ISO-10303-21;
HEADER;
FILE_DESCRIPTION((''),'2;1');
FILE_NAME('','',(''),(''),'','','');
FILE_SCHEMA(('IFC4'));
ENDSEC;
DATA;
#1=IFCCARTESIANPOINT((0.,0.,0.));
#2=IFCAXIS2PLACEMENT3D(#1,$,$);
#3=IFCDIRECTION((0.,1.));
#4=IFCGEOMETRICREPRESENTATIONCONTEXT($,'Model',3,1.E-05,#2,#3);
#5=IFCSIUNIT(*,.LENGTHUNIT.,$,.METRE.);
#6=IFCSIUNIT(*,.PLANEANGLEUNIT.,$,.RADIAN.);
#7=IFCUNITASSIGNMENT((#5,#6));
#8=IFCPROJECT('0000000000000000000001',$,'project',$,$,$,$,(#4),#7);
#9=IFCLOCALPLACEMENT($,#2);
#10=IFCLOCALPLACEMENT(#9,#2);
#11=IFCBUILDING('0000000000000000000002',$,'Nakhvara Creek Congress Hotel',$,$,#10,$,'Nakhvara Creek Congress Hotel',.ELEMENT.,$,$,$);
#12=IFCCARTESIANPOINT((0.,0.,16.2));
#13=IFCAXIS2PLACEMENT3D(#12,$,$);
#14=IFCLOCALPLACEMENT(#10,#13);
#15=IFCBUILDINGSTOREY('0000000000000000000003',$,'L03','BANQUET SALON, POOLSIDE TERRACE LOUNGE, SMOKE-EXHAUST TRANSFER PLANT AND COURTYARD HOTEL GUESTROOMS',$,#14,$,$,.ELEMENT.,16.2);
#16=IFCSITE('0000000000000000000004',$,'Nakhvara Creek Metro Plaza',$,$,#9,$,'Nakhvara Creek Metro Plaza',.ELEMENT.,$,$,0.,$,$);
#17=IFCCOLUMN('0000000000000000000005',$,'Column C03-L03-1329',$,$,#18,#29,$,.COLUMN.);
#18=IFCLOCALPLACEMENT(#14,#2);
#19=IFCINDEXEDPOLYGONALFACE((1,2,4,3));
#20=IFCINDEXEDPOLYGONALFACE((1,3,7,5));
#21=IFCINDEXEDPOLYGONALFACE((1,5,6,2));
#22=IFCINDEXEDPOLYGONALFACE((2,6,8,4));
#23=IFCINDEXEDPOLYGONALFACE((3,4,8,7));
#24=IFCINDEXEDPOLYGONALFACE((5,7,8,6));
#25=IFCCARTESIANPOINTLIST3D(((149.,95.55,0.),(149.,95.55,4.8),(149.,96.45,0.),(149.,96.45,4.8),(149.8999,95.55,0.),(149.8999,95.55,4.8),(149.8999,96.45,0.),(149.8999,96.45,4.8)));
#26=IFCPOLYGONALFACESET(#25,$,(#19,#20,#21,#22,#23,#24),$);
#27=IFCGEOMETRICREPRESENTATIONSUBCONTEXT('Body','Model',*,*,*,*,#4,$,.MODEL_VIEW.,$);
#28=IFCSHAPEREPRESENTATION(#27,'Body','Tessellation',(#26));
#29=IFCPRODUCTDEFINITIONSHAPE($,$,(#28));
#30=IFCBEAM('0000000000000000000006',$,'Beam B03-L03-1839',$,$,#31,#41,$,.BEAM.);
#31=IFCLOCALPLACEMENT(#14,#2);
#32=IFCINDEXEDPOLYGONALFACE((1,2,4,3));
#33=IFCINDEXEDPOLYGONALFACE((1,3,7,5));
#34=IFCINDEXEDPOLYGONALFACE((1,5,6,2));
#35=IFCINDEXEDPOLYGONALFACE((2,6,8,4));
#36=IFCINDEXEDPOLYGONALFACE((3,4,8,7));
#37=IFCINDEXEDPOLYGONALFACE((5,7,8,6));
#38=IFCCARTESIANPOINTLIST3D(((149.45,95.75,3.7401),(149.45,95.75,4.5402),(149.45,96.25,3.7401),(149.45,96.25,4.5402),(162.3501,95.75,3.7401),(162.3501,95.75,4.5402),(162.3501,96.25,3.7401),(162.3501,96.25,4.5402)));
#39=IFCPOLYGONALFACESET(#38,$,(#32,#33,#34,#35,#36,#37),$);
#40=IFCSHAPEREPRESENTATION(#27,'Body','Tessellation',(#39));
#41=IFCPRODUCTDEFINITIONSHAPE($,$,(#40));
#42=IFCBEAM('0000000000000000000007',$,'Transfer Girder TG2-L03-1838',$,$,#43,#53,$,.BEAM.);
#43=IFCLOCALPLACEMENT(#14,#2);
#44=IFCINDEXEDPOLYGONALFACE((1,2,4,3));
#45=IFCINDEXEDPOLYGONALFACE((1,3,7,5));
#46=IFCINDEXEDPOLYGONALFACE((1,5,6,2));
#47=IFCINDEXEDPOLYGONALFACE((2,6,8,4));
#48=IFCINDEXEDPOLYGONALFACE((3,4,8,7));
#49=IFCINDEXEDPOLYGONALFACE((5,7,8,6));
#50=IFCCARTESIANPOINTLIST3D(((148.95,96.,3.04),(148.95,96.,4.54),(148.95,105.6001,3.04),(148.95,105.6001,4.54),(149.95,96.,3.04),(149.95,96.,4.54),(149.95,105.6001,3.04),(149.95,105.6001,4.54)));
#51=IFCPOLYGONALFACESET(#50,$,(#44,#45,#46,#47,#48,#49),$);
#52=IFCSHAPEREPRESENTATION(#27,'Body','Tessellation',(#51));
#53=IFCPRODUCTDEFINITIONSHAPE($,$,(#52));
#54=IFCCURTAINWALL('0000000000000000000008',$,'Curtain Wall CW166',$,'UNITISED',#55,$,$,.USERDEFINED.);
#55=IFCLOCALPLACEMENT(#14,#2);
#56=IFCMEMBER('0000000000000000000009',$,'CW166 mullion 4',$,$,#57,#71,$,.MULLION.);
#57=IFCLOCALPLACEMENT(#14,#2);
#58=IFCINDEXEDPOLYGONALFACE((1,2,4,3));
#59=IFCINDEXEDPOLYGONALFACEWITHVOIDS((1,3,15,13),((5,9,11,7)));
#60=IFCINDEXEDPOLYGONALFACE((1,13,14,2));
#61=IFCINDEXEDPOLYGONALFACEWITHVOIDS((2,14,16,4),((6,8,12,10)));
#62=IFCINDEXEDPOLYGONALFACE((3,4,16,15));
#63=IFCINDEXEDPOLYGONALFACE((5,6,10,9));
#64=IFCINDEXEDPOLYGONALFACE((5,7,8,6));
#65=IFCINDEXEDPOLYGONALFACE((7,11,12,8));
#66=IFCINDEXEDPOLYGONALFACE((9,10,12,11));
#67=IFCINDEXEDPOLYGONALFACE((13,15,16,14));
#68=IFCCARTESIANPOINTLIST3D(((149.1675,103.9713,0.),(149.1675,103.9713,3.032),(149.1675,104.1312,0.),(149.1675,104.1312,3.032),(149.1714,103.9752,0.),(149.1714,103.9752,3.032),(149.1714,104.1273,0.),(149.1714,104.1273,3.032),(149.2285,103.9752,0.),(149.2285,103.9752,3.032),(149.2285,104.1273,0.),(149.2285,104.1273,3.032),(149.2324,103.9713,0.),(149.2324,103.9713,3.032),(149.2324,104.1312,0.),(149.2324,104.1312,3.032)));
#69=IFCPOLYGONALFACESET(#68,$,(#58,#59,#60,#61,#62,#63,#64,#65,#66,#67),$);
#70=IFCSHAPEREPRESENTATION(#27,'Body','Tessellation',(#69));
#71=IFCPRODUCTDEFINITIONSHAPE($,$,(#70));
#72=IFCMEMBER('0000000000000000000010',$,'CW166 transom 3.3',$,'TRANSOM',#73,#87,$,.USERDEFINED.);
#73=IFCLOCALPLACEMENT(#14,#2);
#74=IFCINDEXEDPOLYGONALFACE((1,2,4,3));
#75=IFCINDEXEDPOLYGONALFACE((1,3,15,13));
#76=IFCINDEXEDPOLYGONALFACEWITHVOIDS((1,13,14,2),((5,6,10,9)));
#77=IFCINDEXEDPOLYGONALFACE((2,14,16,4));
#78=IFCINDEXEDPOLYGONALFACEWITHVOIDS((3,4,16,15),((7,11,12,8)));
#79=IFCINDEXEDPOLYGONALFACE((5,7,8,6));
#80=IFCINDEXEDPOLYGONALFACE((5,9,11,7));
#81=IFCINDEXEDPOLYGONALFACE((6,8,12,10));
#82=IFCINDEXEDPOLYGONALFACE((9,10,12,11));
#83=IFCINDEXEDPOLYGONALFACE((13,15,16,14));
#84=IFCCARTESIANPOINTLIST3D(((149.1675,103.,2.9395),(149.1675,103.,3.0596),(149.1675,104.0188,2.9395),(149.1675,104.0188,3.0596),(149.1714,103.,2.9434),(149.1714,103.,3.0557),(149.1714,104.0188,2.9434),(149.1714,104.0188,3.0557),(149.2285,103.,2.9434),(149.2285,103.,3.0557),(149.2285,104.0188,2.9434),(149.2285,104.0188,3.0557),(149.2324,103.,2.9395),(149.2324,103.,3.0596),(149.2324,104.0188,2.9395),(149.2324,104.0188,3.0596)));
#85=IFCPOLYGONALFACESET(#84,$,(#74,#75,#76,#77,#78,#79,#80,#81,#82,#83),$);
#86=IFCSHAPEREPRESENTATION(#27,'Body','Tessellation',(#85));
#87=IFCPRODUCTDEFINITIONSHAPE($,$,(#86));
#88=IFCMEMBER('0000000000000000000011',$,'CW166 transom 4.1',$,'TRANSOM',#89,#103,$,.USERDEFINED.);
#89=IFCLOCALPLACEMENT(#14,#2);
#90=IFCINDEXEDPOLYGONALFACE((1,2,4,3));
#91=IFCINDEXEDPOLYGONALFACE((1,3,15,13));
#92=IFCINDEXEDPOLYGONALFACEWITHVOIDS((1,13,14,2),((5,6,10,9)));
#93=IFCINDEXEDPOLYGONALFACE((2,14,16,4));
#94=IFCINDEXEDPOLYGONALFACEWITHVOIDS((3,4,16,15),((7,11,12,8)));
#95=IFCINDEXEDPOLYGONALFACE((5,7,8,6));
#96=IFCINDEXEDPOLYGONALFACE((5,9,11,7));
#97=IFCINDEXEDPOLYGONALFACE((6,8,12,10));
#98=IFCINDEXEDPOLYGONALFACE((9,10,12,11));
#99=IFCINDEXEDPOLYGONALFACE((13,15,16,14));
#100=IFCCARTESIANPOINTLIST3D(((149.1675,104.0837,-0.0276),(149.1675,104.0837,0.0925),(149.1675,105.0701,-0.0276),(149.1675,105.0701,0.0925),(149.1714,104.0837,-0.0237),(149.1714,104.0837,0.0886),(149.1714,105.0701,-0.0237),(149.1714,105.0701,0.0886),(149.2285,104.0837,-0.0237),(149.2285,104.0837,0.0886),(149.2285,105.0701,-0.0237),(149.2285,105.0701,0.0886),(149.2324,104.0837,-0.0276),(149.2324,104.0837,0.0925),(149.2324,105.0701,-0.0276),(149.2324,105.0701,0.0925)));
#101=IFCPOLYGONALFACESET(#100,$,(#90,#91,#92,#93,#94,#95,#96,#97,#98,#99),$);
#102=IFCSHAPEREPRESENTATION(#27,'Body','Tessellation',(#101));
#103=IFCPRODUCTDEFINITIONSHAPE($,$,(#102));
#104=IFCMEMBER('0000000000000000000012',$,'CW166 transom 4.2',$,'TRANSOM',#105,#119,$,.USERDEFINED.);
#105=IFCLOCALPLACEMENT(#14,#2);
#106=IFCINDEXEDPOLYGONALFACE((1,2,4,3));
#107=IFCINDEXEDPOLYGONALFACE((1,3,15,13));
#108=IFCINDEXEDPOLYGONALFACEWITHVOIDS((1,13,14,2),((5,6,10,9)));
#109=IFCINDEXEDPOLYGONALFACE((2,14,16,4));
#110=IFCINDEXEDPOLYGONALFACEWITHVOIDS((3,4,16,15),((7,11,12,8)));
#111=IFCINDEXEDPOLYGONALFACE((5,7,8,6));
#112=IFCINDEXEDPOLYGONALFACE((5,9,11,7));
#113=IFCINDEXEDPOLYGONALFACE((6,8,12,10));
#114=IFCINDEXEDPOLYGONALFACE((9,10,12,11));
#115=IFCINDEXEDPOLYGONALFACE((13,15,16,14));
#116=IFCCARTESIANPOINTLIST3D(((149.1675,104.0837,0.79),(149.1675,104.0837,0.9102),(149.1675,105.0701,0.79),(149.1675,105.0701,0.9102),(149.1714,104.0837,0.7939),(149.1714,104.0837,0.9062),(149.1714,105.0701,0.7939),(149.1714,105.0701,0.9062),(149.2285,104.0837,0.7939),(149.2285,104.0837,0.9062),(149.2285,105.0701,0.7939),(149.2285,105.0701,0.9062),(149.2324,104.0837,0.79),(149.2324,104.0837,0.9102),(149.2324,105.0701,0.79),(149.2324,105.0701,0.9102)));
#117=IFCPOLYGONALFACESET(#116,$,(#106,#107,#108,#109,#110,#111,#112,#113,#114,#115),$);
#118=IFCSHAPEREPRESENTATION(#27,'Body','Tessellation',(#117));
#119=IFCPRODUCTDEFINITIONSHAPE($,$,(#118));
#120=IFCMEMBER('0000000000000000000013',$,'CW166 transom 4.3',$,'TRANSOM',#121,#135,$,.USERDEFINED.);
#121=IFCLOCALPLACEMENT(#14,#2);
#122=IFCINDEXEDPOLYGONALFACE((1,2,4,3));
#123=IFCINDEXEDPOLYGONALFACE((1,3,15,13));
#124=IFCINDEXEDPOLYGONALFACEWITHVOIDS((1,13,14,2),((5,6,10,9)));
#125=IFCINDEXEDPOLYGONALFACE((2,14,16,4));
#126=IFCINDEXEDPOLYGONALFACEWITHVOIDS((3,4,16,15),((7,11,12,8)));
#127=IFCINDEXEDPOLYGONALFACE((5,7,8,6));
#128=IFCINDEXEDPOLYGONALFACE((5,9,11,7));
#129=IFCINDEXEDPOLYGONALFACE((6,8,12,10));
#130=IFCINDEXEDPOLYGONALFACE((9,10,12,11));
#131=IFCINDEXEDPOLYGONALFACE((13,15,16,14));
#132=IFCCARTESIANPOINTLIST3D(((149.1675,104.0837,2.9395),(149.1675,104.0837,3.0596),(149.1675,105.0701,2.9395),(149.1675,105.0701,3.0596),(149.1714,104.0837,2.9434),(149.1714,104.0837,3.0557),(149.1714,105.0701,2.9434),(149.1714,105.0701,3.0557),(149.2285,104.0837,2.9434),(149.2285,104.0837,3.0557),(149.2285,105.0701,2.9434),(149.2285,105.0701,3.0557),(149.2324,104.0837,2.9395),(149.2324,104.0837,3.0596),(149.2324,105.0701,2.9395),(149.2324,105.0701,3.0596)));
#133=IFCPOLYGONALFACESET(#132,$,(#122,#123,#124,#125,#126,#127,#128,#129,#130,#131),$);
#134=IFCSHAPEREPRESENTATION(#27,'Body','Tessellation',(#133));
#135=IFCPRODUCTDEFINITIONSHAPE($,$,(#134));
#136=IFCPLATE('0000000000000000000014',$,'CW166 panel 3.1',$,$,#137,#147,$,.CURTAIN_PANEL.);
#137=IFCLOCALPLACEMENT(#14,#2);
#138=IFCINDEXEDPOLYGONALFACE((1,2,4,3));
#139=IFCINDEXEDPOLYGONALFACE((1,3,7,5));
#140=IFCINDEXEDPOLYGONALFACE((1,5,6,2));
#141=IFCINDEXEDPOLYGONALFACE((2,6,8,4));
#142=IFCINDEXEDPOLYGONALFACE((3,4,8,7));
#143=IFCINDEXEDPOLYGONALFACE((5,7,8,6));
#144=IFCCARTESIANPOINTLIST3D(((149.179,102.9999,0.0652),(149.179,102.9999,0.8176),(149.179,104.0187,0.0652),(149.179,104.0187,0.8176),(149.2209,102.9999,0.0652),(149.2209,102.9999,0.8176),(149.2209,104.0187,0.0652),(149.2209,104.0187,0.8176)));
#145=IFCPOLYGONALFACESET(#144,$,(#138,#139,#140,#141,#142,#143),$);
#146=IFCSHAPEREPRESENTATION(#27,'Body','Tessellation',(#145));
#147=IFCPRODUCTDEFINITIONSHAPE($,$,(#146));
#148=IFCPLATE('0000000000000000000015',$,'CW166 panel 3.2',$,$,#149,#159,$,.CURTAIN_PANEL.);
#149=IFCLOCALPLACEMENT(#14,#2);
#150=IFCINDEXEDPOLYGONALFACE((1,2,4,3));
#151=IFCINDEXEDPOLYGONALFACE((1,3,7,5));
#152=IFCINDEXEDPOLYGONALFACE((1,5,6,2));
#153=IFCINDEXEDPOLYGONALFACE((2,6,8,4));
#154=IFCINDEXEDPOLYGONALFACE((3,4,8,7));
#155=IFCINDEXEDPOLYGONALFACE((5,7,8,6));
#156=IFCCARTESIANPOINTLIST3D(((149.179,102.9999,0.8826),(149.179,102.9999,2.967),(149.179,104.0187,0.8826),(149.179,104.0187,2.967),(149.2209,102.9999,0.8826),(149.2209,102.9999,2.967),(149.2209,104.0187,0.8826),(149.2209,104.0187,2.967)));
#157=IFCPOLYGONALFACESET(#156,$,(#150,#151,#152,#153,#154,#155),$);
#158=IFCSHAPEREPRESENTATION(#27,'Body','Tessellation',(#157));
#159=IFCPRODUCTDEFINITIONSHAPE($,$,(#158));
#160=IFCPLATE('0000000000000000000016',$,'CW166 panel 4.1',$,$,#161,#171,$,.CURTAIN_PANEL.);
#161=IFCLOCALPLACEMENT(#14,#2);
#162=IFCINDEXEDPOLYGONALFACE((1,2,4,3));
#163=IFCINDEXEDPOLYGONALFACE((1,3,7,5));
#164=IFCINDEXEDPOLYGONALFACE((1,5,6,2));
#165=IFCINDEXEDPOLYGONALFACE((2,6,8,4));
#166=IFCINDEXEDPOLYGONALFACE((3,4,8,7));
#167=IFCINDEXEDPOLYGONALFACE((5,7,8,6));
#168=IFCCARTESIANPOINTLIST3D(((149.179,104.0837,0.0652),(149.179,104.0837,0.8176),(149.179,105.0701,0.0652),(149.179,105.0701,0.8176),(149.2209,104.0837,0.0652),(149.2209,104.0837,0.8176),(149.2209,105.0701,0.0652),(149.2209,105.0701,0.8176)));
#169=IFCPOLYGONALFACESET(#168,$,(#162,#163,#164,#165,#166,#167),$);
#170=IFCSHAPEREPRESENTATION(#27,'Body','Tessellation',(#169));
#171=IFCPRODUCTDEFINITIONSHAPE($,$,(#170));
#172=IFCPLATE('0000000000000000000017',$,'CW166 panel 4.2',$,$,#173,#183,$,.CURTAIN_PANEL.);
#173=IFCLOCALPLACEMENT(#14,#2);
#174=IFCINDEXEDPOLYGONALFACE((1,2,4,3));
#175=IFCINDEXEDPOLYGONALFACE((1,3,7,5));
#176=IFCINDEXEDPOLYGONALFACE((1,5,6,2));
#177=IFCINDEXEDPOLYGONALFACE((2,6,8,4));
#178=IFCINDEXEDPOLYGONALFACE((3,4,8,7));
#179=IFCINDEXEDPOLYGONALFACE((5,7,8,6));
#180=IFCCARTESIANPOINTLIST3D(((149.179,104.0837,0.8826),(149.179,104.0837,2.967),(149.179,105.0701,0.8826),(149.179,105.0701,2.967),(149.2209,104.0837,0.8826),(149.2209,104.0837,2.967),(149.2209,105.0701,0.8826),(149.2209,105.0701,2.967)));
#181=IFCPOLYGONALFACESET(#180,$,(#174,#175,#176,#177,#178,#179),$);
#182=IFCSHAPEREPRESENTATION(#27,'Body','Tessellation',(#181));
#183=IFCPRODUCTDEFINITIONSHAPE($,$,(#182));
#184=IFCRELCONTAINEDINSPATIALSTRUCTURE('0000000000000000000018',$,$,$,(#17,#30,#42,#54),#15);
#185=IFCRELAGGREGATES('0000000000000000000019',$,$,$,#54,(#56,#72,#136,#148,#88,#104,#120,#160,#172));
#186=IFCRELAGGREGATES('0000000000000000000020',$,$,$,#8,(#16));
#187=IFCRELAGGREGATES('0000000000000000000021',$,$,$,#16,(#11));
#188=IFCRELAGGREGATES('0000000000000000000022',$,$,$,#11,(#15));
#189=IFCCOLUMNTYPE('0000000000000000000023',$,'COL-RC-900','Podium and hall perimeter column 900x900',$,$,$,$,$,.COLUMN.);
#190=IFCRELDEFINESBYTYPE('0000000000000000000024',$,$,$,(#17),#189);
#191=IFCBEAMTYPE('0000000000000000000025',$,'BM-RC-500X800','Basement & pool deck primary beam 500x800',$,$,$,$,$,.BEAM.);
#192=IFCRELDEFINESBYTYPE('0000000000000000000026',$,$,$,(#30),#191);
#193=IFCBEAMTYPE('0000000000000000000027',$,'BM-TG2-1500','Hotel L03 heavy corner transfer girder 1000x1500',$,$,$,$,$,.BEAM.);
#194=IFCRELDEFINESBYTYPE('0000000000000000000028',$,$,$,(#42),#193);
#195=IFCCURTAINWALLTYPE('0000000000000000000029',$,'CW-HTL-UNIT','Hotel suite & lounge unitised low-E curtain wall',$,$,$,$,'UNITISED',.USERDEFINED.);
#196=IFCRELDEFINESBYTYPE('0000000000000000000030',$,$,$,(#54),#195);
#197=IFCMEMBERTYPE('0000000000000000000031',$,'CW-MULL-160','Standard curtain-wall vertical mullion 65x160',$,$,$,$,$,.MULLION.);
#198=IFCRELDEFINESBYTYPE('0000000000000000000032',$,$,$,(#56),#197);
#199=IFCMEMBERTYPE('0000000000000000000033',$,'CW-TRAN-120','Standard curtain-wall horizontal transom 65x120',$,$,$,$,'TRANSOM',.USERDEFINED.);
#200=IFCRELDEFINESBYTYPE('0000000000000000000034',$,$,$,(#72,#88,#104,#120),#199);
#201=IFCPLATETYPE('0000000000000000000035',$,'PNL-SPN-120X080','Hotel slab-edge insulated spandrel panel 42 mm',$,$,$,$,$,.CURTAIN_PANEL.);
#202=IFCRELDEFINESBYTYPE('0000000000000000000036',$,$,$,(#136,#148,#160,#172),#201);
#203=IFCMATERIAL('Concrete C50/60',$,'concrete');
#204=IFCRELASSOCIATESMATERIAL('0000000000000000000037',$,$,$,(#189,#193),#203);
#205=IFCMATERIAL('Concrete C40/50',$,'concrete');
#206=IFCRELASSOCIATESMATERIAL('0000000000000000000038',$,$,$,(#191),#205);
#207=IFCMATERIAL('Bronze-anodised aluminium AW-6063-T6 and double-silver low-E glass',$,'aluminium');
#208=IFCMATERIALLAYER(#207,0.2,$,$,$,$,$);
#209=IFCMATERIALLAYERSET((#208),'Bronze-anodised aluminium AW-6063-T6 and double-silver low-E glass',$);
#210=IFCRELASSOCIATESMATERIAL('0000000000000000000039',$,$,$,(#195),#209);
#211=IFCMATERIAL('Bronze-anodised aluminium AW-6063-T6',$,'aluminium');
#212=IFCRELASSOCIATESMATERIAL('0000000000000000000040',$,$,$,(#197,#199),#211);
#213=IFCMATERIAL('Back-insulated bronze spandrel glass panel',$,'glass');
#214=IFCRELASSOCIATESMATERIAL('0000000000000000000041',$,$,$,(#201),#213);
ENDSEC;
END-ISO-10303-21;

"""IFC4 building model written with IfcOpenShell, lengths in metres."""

from ifc_helpers import new_model, si_unit, direction, frame, origin, origin_2d, place, context, subcontext, project, spatial, rectangle, hollow_rectangle, extrude, material, layer, layer_set, material_profile, profile_set, type_object, element, aggregate, save


model = new_model("IFC4")

# Units and contexts
model_context = context("Model", 3, precision=1e-05, world=origin(), true_north=direction((0.0, 1.0)))
body_context = subcontext(model_context, "Body", "Model", "MODEL_VIEW")
ifc_project = project(units=[si_unit("LENGTHUNIT", "METRE"), si_unit("PLANEANGLEUNIT", "RADIAN")], contexts=[model_context])

# Site, building, storey
site_placement = place(None, origin())
site = spatial("IfcSite", under=ifc_project, at=site_placement, Name="Nakhvara Creek Metro Plaza", LongName="Nakhvara Creek Metro Plaza", CompositionType="ELEMENT", RefElevation=0.0)
building_placement = place(site_placement, origin())
building = spatial("IfcBuilding", under=site, at=building_placement, Name="Nakhvara Creek Congress Hotel", LongName="Nakhvara Creek Congress Hotel", CompositionType="ELEMENT")
storey_placement = place(building_placement, frame((0.0, 0.0, 16.2)))
storey = spatial("IfcBuildingStorey", under=building, at=storey_placement, Name="L03", Description="BANQUET SALON, POOLSIDE TERRACE LOUNGE, SMOKE-EXHAUST TRANSFER PLANT AND COURTYARD HOTEL GUESTROOMS", CompositionType="ELEMENT", Elevation=16.2)

# Column
ifc_material_1 = material(Name="Concrete C50/60", Category="concrete")
ifc_material_profile_1 = material_profile(ifc_material_1, rectangle(XDim=0.8999, YDim=0.8999, at=origin_2d()), Name="RC-COL 900x900", Category="LoadBearing")
ifc_profile_set_1 = profile_set([ifc_material_profile_1], Name="Concrete C50/60")
column_type = type_object("IfcColumnType", Name="COL-RC-900", Description="Podium and hall perimeter column 900x900", PredefinedType="COLUMN", material=ifc_profile_set_1)
column_placement = place(storey_placement, frame((149.45, 96.0, 0.0), z_axis=(0.0, 0.0, 1.0), x_axis=(1.0, 0.0, 0.0)))
element("IfcColumn", 1, at=column_placement, inside=storey, type_object=column_type, Name="Column C03-L03-1329", PredefinedType="COLUMN", context=body_context, shape_type="SweptSolid", body=[
    extrude(rectangle(XDim=0.8999, YDim=0.8999, at=origin_2d()), origin(), (0.0, 0.0, 1.0), 4.8),
])

# Beams
ifc_material_2 = material(Name="Concrete C40/50", Category="concrete")
ifc_material_profile_2 = material_profile(ifc_material_2, rectangle(XDim=0.5, YDim=0.8, at=origin_2d()), Name="RC-BM 500x800", Category="LoadBearing")
ifc_profile_set_2 = profile_set([ifc_material_profile_2], Name="Concrete C40/50")
beam_type_1 = type_object("IfcBeamType", Name="BM-RC-500X800", Description="Basement & pool deck primary beam 500x800", PredefinedType="BEAM", material=ifc_profile_set_2)
beam_1_placement = place(storey_placement, frame((149.45, 96.0, 4.1401), z_axis=(1.0, 0.0, 0.0), x_axis=(0.0, 1.0, 0.0)))
element("IfcBeam", 2, at=beam_1_placement, inside=storey, type_object=beam_type_1, Name="Beam B03-L03-1839", PredefinedType="BEAM", context=body_context, shape_type="SweptSolid", body=[
    extrude(rectangle(XDim=0.5, YDim=0.8, at=origin_2d()), origin(), (0.0, 0.0, 1.0), 12.9001),
])
ifc_material_profile_3 = material_profile(ifc_material_1, rectangle(XDim=1.0, YDim=1.5, at=origin_2d()), Name="RC-TG 1000x1500", Category="LoadBearing")
ifc_profile_set_3 = profile_set([ifc_material_profile_3], Name="Concrete C50/60")
beam_type_2 = type_object("IfcBeamType", Name="BM-TG2-1500", Description="Hotel L03 heavy corner transfer girder 1000x1500", PredefinedType="BEAM", material=ifc_profile_set_3)
beam_2_placement = place(storey_placement, frame((149.45, 96.0, 3.79), z_axis=(0.0, 1.0, 0.0), x_axis=(-1.0, 0.0, 0.0)))
element("IfcBeam", 3, at=beam_2_placement, inside=storey, type_object=beam_type_2, Name="Transfer Girder TG2-L03-1838", PredefinedType="BEAM", context=body_context, shape_type="SweptSolid", body=[
    extrude(rectangle(XDim=1.0, YDim=1.5, at=origin_2d()), origin(), (0.0, 0.0, 1.0), 9.6001),
])

# Curtain wall, members, plates
ifc_material_3 = material(Name="Bronze-anodised aluminium AW-6063-T6 and double-silver low-E glass", Category="aluminium")
ifc_layer_1 = layer(ifc_material_3, 0.2)
ifc_layer_set_1 = layer_set([ifc_layer_1], Name="Bronze-anodised aluminium AW-6063-T6 and double-silver low-E glass")
curtain_wall_type = type_object("IfcCurtainWallType", Name="CW-HTL-UNIT", Description="Hotel suite & lounge unitised low-E curtain wall", ElementType="UNITISED", PredefinedType="USERDEFINED", material=ifc_layer_set_1)
curtain_wall_placement = place(storey_placement, origin())
curtain_wall = element("IfcCurtainWall", 4, at=curtain_wall_placement, inside=storey, type_object=curtain_wall_type, Name="Curtain Wall CW166", ObjectType="UNITISED", PredefinedType="USERDEFINED")
ifc_material_4 = material(Name="Bronze-anodised aluminium AW-6063-T6", Category="aluminium")
ifc_material_profile_4 = material_profile(ifc_material_4, hollow_rectangle(XDim=0.0649, YDim=0.1599, WallThickness=0.0039, at=origin_2d()), Name="ALU-MULL 65x160x4", Category="LoadBearing")
ifc_profile_set_4 = profile_set([ifc_material_profile_4], Name="Bronze-anodised aluminium AW-6063-T6")
member_type_1 = type_object("IfcMemberType", Name="CW-MULL-160", Description="Standard curtain-wall vertical mullion 65x160", PredefinedType="MULLION", material=ifc_profile_set_4)
member_1_placement = place(storey_placement, frame((149.2, 104.0513, 0.0), z_axis=(0.0, 0.0, 1.0), x_axis=(-1.0, 0.0, 0.0)))
member_1 = element("IfcMember", 5, at=member_1_placement, type_object=member_type_1, Name="CW166 mullion 4", PredefinedType="MULLION", context=body_context, shape_type="SweptSolid", body=[
    extrude(hollow_rectangle(XDim=0.0649, YDim=0.1599, WallThickness=0.0039, at=origin_2d()), origin(), (0.0, 0.0, 1.0), 3.032),
])
ifc_material_profile_5 = material_profile(ifc_material_4, hollow_rectangle(XDim=0.0649, YDim=0.1201, WallThickness=0.0039, at=origin_2d()), Name="ALU-TRAN 65x120x4", Category="LoadBearing")
ifc_profile_set_5 = profile_set([ifc_material_profile_5], Name="Bronze-anodised aluminium AW-6063-T6")
member_type_2 = type_object("IfcMemberType", Name="CW-TRAN-120", Description="Standard curtain-wall horizontal transom 65x120", ElementType="TRANSOM", PredefinedType="USERDEFINED", material=ifc_profile_set_5)
member_2_placement = place(storey_placement, frame((149.2, 103.0, 2.9995), z_axis=(0.0, 1.0, 0.0), x_axis=(-1.0, 0.0, 0.0)))
member_2 = element("IfcMember", 6, at=member_2_placement, type_object=member_type_2, Name="CW166 transom 3.3", ObjectType="TRANSOM", PredefinedType="USERDEFINED", context=body_context, shape_type="SweptSolid", body=[
    extrude(hollow_rectangle(XDim=0.0649, YDim=0.1201, WallThickness=0.0039, at=origin_2d()), origin(), (0.0, 0.0, 1.0), 1.0188),
])
member_3_placement = place(storey_placement, frame((149.2, 104.0837, 0.0325), z_axis=(0.0, 1.0, 0.0), x_axis=(-1.0, 0.0, 0.0)))
member_3 = element("IfcMember", 7, at=member_3_placement, type_object=member_type_2, Name="CW166 transom 4.1", ObjectType="TRANSOM", PredefinedType="USERDEFINED", context=body_context, shape_type="SweptSolid", body=[
    extrude(hollow_rectangle(XDim=0.0649, YDim=0.1201, WallThickness=0.0039, at=origin_2d()), origin(), (0.0, 0.0, 1.0), 0.9863),
])
member_4_placement = place(storey_placement, frame((149.2, 104.0837, 0.8501), z_axis=(0.0, 1.0, 0.0), x_axis=(-1.0, 0.0, 0.0)))
member_4 = element("IfcMember", 8, at=member_4_placement, type_object=member_type_2, Name="CW166 transom 4.2", ObjectType="TRANSOM", PredefinedType="USERDEFINED", context=body_context, shape_type="SweptSolid", body=[
    extrude(hollow_rectangle(XDim=0.0649, YDim=0.1201, WallThickness=0.0039, at=origin_2d()), origin(), (0.0, 0.0, 1.0), 0.9863),
])
member_5_placement = place(storey_placement, frame((149.2, 104.0837, 2.9995), z_axis=(0.0, 1.0, 0.0), x_axis=(-1.0, 0.0, 0.0)))
member_5 = element("IfcMember", 9, at=member_5_placement, type_object=member_type_2, Name="CW166 transom 4.3", ObjectType="TRANSOM", PredefinedType="USERDEFINED", context=body_context, shape_type="SweptSolid", body=[
    extrude(hollow_rectangle(XDim=0.0649, YDim=0.1201, WallThickness=0.0039, at=origin_2d()), origin(), (0.0, 0.0, 1.0), 0.9863),
])
ifc_material_5 = material(Name="Back-insulated bronze spandrel glass panel", Category="glass")
plate_type = type_object("IfcPlateType", Name="PNL-SPN-120X080", Description="Hotel slab-edge insulated spandrel panel 42 mm", PredefinedType="CURTAIN_PANEL", material=ifc_material_5)
plate_1_placement = place(storey_placement, frame((149.2, 103.5093, 0.0652), z_axis=(0.0, 0.0, 1.0), x_axis=(0.0, 1.0, 0.0)))
plate_1 = element("IfcPlate", 10, at=plate_1_placement, type_object=plate_type, Name="CW166 panel 3.1", PredefinedType="CURTAIN_PANEL", context=body_context, shape_type="SweptSolid", body=[
    extrude(rectangle(XDim=1.0188, YDim=0.042, at=origin_2d()), origin(), (0.0, 0.0, 1.0), 0.7524),
])
plate_2_placement = place(storey_placement, frame((149.2, 103.5093, 0.8826), z_axis=(0.0, 0.0, 1.0), x_axis=(0.0, 1.0, 0.0)))
plate_2 = element("IfcPlate", 11, at=plate_2_placement, type_object=plate_type, Name="CW166 panel 3.2", PredefinedType="CURTAIN_PANEL", context=body_context, shape_type="SweptSolid", body=[
    extrude(rectangle(XDim=1.0188, YDim=0.042, at=origin_2d()), origin(), (0.0, 0.0, 1.0), 2.0845),
])
plate_3_placement = place(storey_placement, frame((149.2, 104.5769, 0.0652), z_axis=(0.0, 0.0, 1.0), x_axis=(0.0, 1.0, 0.0)))
plate_3 = element("IfcPlate", 12, at=plate_3_placement, type_object=plate_type, Name="CW166 panel 4.1", PredefinedType="CURTAIN_PANEL", context=body_context, shape_type="SweptSolid", body=[
    extrude(rectangle(XDim=0.9863, YDim=0.042, at=origin_2d()), origin(), (0.0, 0.0, 1.0), 0.7524),
])
plate_4_placement = place(storey_placement, frame((149.2, 104.5769, 0.8826), z_axis=(0.0, 0.0, 1.0), x_axis=(0.0, 1.0, 0.0)))
plate_4 = element("IfcPlate", 13, at=plate_4_placement, type_object=plate_type, Name="CW166 panel 4.2", PredefinedType="CURTAIN_PANEL", context=body_context, shape_type="SweptSolid", body=[
    extrude(rectangle(XDim=0.9863, YDim=0.042, at=origin_2d()), origin(), (0.0, 0.0, 1.0), 2.0845),
])
aggregate(curtain_wall, [member_1, member_2, plate_1, plate_2, member_3, member_4, member_5, plate_3, plate_4])

save(model, "model.ifc")
